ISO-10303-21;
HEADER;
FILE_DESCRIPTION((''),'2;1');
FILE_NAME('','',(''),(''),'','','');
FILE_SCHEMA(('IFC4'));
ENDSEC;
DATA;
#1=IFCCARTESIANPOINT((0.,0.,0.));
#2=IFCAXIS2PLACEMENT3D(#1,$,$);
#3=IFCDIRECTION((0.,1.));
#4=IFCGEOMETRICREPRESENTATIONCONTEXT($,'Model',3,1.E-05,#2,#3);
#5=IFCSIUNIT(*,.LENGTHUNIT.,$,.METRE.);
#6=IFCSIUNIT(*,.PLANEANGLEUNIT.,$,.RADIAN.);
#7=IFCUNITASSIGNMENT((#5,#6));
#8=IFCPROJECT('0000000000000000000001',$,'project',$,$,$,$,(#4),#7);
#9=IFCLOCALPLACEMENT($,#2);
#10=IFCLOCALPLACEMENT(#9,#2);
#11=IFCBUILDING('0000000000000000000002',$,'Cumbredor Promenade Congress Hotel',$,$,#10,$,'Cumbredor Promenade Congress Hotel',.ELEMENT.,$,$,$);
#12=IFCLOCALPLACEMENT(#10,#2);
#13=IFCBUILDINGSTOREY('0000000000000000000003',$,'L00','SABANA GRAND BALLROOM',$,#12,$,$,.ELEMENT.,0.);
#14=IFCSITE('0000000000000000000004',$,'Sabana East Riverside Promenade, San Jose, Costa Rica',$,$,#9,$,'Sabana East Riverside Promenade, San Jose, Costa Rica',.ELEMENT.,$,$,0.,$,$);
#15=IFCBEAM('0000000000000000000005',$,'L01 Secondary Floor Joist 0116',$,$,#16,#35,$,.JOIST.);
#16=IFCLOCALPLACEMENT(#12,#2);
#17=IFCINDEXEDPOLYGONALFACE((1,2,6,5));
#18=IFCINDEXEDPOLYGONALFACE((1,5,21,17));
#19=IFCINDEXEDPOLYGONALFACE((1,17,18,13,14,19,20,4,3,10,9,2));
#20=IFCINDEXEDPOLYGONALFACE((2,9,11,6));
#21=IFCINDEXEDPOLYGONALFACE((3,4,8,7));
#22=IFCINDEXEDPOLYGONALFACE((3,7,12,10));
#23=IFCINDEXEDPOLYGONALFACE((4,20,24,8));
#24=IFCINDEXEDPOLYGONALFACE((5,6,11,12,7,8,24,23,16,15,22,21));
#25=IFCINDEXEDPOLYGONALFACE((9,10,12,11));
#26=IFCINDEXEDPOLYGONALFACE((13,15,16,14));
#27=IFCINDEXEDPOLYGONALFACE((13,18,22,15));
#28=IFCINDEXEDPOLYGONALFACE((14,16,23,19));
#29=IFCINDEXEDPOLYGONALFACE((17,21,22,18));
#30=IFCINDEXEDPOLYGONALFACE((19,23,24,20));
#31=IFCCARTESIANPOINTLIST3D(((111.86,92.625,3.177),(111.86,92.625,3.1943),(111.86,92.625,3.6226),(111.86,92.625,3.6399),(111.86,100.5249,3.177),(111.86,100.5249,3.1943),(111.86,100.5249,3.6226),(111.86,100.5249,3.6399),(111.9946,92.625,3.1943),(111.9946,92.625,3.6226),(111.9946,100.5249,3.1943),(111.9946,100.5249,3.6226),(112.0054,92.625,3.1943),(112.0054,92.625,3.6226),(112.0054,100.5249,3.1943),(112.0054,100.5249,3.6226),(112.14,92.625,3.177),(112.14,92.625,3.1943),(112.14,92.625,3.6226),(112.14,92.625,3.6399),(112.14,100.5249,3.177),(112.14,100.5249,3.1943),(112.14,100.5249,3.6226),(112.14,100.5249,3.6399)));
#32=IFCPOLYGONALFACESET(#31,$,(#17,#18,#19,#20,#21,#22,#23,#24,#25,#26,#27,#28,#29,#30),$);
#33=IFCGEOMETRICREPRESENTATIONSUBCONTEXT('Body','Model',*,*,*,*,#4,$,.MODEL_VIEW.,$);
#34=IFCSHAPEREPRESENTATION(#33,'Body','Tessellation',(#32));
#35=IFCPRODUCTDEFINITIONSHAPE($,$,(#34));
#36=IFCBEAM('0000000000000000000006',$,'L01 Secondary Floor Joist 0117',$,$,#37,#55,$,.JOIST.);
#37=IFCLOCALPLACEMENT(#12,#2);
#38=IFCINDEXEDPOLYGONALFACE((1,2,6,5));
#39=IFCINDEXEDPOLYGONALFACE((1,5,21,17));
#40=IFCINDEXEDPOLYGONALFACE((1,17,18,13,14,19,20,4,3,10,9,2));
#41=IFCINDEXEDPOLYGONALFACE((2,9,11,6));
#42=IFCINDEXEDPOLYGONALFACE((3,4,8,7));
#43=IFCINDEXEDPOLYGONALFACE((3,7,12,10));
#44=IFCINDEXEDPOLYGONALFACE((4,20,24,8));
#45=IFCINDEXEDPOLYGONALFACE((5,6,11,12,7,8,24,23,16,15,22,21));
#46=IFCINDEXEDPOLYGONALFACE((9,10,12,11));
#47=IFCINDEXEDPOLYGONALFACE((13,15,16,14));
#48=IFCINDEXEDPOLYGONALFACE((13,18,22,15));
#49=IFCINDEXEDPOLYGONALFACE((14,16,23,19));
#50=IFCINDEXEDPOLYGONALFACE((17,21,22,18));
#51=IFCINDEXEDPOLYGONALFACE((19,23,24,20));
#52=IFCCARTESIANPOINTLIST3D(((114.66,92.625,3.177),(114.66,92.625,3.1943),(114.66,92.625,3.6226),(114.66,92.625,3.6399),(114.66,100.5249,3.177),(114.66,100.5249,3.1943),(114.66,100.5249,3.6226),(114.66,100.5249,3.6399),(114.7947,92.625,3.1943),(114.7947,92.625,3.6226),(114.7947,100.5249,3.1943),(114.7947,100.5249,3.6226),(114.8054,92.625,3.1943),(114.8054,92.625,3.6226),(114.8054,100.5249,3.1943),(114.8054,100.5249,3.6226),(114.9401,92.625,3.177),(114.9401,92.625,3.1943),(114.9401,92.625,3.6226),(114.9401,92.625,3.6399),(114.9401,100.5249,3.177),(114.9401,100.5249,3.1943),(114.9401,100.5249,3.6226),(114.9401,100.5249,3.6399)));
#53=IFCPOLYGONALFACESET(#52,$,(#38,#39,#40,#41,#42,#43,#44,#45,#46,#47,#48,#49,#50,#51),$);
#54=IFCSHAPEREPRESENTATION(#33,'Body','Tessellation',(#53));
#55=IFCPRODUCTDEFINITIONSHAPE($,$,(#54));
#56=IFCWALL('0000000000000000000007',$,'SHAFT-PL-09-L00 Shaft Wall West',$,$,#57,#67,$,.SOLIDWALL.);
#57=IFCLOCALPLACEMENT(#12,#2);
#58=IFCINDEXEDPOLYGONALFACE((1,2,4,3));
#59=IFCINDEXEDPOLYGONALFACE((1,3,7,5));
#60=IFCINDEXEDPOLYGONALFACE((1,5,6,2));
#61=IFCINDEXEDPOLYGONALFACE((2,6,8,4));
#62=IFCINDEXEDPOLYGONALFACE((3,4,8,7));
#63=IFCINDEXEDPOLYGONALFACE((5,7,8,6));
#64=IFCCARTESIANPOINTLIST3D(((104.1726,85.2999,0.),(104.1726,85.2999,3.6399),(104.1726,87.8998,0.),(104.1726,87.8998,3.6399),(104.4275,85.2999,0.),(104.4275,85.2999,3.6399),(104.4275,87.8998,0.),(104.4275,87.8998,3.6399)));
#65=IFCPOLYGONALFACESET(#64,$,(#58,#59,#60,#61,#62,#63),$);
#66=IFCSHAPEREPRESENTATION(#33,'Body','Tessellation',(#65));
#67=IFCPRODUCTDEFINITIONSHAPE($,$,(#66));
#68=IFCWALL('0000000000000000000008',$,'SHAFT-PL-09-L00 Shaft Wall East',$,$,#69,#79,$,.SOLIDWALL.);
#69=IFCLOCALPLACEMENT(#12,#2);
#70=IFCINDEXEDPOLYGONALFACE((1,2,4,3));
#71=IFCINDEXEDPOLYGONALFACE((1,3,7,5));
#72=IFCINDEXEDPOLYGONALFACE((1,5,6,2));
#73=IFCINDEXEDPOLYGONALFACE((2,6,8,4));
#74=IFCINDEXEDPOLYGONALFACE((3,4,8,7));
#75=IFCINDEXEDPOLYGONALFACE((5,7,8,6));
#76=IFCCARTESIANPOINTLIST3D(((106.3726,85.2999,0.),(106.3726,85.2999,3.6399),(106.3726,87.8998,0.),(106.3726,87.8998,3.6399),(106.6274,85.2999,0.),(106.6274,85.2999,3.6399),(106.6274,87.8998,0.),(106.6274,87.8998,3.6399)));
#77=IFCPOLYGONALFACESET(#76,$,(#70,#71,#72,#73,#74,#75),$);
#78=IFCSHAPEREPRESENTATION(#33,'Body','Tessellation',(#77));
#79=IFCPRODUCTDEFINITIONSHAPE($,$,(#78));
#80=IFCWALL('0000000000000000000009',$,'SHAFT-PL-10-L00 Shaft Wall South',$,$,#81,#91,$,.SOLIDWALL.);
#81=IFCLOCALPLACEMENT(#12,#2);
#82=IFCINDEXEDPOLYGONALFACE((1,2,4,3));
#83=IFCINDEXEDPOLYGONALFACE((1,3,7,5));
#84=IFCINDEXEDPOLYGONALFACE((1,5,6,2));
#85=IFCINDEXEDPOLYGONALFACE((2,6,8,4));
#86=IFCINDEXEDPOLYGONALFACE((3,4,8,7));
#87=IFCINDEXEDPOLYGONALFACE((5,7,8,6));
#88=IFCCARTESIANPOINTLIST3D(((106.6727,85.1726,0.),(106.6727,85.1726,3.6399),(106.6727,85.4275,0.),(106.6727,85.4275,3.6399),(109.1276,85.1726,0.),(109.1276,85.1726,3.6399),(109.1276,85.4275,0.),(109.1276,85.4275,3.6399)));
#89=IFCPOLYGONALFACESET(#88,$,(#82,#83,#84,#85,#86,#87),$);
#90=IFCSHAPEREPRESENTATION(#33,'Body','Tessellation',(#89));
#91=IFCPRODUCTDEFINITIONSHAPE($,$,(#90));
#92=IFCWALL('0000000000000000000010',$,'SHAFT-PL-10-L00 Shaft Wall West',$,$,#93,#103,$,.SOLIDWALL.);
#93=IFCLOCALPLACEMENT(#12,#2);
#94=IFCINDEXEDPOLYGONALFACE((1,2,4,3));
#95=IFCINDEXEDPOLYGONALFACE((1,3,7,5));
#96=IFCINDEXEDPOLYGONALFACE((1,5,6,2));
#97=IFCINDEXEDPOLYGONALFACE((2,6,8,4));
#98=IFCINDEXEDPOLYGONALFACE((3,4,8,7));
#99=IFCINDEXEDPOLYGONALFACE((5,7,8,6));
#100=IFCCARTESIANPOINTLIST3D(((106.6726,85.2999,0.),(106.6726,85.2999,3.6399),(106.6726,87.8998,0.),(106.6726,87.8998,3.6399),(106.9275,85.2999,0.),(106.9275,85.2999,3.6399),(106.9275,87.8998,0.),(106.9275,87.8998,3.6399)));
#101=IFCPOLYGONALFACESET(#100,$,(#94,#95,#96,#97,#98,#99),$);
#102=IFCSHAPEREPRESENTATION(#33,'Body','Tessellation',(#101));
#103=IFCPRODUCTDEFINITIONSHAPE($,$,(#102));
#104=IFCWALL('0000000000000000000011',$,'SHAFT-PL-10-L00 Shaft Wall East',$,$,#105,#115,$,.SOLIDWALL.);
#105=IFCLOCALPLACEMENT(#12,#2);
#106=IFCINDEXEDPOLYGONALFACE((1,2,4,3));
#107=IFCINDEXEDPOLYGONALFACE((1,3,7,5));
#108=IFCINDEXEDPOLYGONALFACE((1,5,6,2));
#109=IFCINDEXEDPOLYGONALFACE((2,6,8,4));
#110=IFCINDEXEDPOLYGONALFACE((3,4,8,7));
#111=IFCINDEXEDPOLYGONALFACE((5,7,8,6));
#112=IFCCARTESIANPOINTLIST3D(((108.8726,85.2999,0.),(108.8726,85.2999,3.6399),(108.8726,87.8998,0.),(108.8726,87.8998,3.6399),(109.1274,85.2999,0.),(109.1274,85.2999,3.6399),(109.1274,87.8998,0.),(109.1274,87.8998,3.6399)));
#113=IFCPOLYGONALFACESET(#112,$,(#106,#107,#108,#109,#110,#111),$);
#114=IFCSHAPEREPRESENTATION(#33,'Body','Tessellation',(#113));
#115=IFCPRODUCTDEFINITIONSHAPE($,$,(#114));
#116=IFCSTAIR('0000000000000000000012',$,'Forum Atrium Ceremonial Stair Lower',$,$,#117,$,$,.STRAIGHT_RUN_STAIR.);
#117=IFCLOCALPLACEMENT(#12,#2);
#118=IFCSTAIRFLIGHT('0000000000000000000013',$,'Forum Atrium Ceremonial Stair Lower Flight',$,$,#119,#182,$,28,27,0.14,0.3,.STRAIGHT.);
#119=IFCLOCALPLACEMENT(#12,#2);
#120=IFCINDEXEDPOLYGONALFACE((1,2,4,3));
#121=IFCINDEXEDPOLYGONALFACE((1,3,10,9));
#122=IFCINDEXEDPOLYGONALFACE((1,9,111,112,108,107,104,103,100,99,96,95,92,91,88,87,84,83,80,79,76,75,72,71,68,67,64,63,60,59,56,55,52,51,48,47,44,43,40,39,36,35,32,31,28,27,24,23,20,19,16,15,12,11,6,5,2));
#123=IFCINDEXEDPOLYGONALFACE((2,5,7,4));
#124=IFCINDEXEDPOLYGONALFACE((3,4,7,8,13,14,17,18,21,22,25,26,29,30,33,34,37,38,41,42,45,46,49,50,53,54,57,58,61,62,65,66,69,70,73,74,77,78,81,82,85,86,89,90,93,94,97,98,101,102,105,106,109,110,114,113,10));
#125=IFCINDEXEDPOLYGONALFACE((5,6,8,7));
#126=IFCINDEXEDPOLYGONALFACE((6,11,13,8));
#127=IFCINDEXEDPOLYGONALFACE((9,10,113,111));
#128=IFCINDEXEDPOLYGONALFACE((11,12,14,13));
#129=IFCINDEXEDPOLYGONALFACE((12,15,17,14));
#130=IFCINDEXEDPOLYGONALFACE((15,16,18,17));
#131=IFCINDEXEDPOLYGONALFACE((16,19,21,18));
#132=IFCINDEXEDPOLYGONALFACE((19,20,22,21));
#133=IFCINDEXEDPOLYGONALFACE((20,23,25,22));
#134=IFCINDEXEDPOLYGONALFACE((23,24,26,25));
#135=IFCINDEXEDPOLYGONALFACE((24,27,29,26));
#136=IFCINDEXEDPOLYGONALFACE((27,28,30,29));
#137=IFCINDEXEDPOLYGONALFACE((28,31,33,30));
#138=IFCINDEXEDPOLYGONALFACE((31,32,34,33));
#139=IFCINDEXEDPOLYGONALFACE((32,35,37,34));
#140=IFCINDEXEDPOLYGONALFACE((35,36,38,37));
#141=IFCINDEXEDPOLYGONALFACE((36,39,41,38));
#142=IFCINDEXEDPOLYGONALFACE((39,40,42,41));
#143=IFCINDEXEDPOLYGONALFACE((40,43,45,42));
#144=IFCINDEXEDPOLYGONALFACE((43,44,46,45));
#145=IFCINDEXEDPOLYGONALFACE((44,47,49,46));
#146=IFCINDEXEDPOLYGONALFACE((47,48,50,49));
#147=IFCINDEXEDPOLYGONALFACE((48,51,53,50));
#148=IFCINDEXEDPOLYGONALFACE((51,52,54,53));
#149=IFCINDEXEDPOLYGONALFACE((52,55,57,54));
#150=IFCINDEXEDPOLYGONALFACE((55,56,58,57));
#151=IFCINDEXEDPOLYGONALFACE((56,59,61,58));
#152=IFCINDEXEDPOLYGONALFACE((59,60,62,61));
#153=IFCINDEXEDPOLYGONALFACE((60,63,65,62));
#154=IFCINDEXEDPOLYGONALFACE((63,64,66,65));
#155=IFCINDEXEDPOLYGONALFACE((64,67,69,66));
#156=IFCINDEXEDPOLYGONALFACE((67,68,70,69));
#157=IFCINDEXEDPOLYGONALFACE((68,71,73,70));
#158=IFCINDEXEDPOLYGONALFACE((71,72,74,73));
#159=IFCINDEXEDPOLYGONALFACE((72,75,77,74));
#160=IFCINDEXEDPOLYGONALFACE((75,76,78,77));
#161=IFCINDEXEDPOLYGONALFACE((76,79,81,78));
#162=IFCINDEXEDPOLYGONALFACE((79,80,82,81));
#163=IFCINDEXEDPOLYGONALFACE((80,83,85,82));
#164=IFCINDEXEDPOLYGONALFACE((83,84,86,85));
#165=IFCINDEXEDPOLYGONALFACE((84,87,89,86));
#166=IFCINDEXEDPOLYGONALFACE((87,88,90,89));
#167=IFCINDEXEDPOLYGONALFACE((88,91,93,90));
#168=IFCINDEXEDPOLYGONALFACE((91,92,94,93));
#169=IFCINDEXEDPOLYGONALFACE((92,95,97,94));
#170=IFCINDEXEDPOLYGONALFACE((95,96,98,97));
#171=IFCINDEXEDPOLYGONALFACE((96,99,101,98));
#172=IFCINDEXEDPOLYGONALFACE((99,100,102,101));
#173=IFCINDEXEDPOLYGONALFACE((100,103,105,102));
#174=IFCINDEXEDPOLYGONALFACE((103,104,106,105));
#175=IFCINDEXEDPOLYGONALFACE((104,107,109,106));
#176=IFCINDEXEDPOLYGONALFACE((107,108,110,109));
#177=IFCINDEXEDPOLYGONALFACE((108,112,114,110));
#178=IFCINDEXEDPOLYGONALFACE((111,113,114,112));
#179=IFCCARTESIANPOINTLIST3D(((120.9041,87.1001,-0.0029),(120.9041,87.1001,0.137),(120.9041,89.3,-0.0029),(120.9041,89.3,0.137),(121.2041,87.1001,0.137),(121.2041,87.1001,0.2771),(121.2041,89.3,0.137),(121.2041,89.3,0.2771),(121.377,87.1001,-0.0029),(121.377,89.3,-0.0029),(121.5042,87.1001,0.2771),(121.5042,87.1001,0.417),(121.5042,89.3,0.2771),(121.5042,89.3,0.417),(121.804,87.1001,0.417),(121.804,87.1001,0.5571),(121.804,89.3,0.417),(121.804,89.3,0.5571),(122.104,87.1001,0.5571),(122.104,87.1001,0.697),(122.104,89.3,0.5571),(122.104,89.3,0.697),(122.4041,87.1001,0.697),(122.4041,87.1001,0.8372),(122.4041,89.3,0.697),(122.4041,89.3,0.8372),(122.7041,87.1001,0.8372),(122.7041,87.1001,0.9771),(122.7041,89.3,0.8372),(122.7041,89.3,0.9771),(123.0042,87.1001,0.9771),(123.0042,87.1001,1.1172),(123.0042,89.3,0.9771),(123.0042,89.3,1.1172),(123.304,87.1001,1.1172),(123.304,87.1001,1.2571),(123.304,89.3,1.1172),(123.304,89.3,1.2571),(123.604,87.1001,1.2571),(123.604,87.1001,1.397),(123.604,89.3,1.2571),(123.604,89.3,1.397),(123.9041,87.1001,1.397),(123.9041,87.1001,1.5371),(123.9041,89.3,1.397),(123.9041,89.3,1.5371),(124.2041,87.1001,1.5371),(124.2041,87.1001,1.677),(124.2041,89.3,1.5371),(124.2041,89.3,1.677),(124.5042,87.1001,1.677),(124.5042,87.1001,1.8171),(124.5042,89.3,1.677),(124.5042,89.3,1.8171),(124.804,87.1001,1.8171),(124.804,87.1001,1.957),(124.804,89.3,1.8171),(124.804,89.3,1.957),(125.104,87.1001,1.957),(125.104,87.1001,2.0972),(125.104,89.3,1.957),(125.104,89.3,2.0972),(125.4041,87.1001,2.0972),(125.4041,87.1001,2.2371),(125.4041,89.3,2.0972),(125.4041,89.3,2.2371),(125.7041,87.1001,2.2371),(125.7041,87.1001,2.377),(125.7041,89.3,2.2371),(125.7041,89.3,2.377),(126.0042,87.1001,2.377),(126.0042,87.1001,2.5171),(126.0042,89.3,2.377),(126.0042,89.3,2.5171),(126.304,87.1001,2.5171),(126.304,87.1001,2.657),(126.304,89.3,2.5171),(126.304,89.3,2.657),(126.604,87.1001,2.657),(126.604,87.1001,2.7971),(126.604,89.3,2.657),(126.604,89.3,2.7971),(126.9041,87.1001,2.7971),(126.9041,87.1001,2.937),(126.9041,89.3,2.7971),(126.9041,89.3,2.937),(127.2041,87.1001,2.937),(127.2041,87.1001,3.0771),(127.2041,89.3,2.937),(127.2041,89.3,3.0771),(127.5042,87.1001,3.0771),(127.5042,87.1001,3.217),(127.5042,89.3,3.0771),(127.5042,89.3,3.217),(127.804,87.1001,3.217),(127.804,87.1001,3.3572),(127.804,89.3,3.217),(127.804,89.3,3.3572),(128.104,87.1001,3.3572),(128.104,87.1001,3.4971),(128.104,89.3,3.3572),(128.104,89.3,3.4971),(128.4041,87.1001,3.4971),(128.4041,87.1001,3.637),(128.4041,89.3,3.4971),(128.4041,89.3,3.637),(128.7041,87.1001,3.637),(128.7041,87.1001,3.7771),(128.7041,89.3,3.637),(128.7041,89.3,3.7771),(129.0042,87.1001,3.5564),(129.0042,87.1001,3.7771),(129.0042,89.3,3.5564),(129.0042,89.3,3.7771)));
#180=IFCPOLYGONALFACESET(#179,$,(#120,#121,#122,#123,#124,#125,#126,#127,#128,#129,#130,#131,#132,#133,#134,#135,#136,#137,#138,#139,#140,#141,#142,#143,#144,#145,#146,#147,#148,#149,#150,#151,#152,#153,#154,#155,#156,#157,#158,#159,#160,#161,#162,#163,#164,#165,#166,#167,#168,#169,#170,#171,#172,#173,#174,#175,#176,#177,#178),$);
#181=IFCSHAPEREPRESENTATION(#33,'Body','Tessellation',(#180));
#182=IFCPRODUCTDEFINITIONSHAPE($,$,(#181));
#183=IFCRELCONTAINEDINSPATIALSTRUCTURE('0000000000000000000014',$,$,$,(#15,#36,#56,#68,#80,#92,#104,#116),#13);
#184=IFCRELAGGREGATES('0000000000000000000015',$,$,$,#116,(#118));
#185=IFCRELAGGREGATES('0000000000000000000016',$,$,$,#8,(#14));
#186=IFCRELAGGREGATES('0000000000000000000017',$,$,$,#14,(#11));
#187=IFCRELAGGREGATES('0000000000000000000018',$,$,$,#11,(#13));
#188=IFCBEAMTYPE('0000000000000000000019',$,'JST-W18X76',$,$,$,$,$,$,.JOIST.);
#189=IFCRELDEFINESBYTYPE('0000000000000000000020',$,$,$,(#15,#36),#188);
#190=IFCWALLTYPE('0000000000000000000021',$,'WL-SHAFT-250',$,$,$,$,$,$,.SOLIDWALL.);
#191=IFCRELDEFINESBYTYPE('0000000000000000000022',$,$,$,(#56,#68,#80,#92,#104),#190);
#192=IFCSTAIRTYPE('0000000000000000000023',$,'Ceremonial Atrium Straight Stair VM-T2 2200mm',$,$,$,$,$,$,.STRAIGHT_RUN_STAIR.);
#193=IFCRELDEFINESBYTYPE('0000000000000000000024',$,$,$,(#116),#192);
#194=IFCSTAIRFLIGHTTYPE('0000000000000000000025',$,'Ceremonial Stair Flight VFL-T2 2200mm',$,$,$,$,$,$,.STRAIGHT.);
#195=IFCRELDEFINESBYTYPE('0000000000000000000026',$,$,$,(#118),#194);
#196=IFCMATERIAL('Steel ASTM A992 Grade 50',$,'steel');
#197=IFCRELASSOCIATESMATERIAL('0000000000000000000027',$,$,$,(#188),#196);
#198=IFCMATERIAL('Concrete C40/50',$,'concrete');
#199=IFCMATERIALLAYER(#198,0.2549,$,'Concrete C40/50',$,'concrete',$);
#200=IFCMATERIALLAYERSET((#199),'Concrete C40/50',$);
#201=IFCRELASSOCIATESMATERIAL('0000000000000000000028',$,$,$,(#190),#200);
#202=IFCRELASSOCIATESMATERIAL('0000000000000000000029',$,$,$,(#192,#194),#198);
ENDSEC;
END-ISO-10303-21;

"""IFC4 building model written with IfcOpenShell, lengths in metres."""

from ifc_helpers import new_model, si_unit, direction, frame, frame_2d, origin, origin_2d, place, context, subcontext, project, spatial, polyline, rectangle, i_section, outline, extrude, material, layer, layer_set, material_profile, profile_set, type_object, element, aggregate, save


model = new_model("IFC4")

# Units and contexts
model_context = context("Model", 3, precision=1e-05, world=origin(), true_north=direction((0.0, 1.0)))
body_context = subcontext(model_context, "Body", "Model", "MODEL_VIEW")
ifc_project = project(units=[si_unit("LENGTHUNIT", "METRE"), si_unit("PLANEANGLEUNIT", "RADIAN")], contexts=[model_context])

# Site, building, storey
site_placement = place(None, origin())
site = spatial("IfcSite", under=ifc_project, at=site_placement, Name="Sabana East Riverside Promenade, San Jose, Costa Rica", LongName="Sabana East Riverside Promenade, San Jose, Costa Rica", CompositionType="ELEMENT", RefElevation=0.0)
building_placement = place(site_placement, origin())
building = spatial("IfcBuilding", under=site, at=building_placement, Name="Cumbredor Promenade Congress Hotel", LongName="Cumbredor Promenade Congress Hotel", CompositionType="ELEMENT")
storey_placement = place(building_placement, origin())
storey = spatial("IfcBuildingStorey", under=building, at=storey_placement, Name="L00", Description="SABANA GRAND BALLROOM", CompositionType="ELEMENT", Elevation=0.0)

# Beams
ifc_material_1 = material(Name="Concrete C40/50", Category="concrete")
ifc_material_2 = material(Name="Steel ASTM A992 Grade 50", Category="steel")
ifc_material_profile_1 = material_profile(ifc_material_2, i_section(OverallWidth=0.28, OverallDepth=0.4629, WebThickness=0.0107, FlangeThickness=0.0173, at=origin_2d()), Name="W18X76")
ifc_profile_set_1 = profile_set([ifc_material_profile_1], Name="Steel ASTM A992 Grade 50")
beam_type_1 = type_object("IfcBeamType", Name="JST-W18X76", PredefinedType="JOIST", material=ifc_profile_set_1)
for number, where, z_axis, x_axis, name in (
    (1, (112.0, 92.625, 3.4084), (0.0, 1.0, 0.0), (-1.0, 0.0, 0.0), "L01 Secondary Floor Joist 0116"),
    (2, (114.8, 92.625, 3.4084), (0.0, 1.0, 0.0), (-1.0, 0.0, 0.0), "L01 Secondary Floor Joist 0117"),
):
    element("IfcBeam", number, at=place(storey_placement, frame(where, z_axis=z_axis, x_axis=x_axis)), inside=storey, type_object=beam_type_1, Name=name, PredefinedType="JOIST", context=body_context, shape_type="SweptSolid", body=[
        extrude(i_section(OverallWidth=0.28, OverallDepth=0.4629, WebThickness=0.0107, FlangeThickness=0.0173, at=origin_2d()), origin(), (0.0, 0.0, 1.0), 7.8999),
    ])

# Walls
ifc_layer = layer(ifc_material_1, 0.2549, Name="Concrete C40/50", Category="concrete")
ifc_layer_set = layer_set([ifc_layer], Name="Concrete C40/50")
wall_type = type_object("IfcWallType", Name="WL-SHAFT-250", PredefinedType="SOLIDWALL", material=ifc_layer_set)
for number, where, z_axis, x_axis, name in (
    (3, (104.3, 85.3, 0.0), (0.0, 0.0, 1.0), (0.0, 1.0, 0.0), "SHAFT-PL-09-L00 Shaft Wall West"),
    (4, (106.5, 85.3, 0.0), (0.0, 0.0, 1.0), (0.0, 1.0, 0.0), "SHAFT-PL-09-L00 Shaft Wall East"),
):
    element("IfcWall", number, at=place(storey_placement, frame(where, z_axis=z_axis, x_axis=x_axis)), inside=storey, type_object=wall_type, Name=name, PredefinedType="SOLIDWALL", context=body_context, shape_type="SweptSolid", body=[
        extrude(rectangle(XDim=2.5999, YDim=0.2549, at=frame_2d((1.2998, 0.0))), origin(), (0.0, 0.0, 1.0), 3.6399),
    ])
wall_1_placement = place(storey_placement, frame((106.6726, 85.3, 0.0), z_axis=(0.0, 0.0, 1.0), x_axis=(1.0, 0.0, 0.0)))
element("IfcWall", 5, at=wall_1_placement, inside=storey, type_object=wall_type, Name="SHAFT-PL-10-L00 Shaft Wall South", PredefinedType="SOLIDWALL", context=body_context, shape_type="SweptSolid", body=[
    extrude(rectangle(XDim=2.4548, YDim=0.2549, at=frame_2d((1.2275, 0.0))), origin(), (0.0, 0.0, 1.0), 3.6399),
])

# Walls
for number, where, z_axis, x_axis, name in (
    (6, (106.8, 85.3, 0.0), (0.0, 0.0, 1.0), (0.0, 1.0, 0.0), "SHAFT-PL-10-L00 Shaft Wall West"),
    (7, (109.0, 85.3, 0.0), (0.0, 0.0, 1.0), (0.0, 1.0, 0.0), "SHAFT-PL-10-L00 Shaft Wall East"),
):
    element("IfcWall", number, at=place(storey_placement, frame(where, z_axis=z_axis, x_axis=x_axis)), inside=storey, type_object=wall_type, Name=name, PredefinedType="SOLIDWALL", context=body_context, shape_type="SweptSolid", body=[
        extrude(rectangle(XDim=2.5999, YDim=0.2549, at=frame_2d((1.2998, 0.0))), origin(), (0.0, 0.0, 1.0), 3.6399),
    ])

# Stair, stair flight
stair_type = type_object("IfcStairType", Name="Ceremonial Atrium Straight Stair VM-T2 2200mm", PredefinedType="STRAIGHT_RUN_STAIR", material=ifc_material_1)
stair_placement = place(storey_placement, origin())
stair = element("IfcStair", 8, at=stair_placement, inside=storey, type_object=stair_type, Name="Forum Atrium Ceremonial Stair Lower", PredefinedType="STRAIGHT_RUN_STAIR")
stair_flight_type = type_object("IfcStairFlightType", Name="Ceremonial Stair Flight VFL-T2 2200mm", PredefinedType="STRAIGHT", material=ifc_material_1)
stair_flight_placement = place(storey_placement, frame((120.9041, 88.2, -0.0029), z_axis=(0.0, 0.0, 1.0), x_axis=(1.0, 0.0, 0.0)))
stair_flight = element("IfcStairFlight", 9, at=stair_flight_placement, type_object=stair_flight_type, Name="Forum Atrium Ceremonial Stair Lower Flight", NumberOfRisers=28, NumberOfTreads=27, PredefinedType="STRAIGHT", RiserHeight=0.14, TreadLength=0.3, context=body_context, shape_type="SweptSolid", body=[
    extrude(outline(polyline([(0.0, 0.0), (0.0, 0.1399), (0.3, 0.1399), (0.3, 0.28), (0.6001, 0.28), (0.6001, 0.4199), (0.8999, 0.4199), (0.8999, 0.5601), (1.2, 0.5601), (1.2, 0.7), (1.5, 0.7), (1.5, 0.8401), (1.8, 0.8401), (1.8, 0.98), (2.1001, 0.98), (2.1001, 1.1201), (2.3999, 1.1201), (2.3999, 1.26), (2.7, 1.26), (2.7, 1.3999), (3.0, 1.3999), (3.0, 1.54), (3.3, 1.54), (3.3, 1.6799), (3.6001, 1.6799), (3.6001, 1.8201), (3.8999, 1.8201), (3.8999, 1.96), (4.2, 1.96), (4.2, 2.1001), (4.5, 2.1001), (4.5, 2.24), (4.8, 2.24), (4.8, 2.3799), (5.1001, 2.3799), (5.1001, 2.52), (5.3999, 2.52), (5.3999, 2.6599), (5.7, 2.6599), (5.7, 2.8), (6.0, 2.8), (6.0, 2.9399), (6.3, 2.9399), (6.3, 3.0801), (6.6001, 3.0801), (6.6001, 3.22), (6.8999, 3.22), (6.8999, 3.3601), (7.2, 3.3601), (7.2, 3.5), (7.5, 3.5), (7.5, 3.6399), (7.8, 3.6399), (7.8, 3.78), (8.1001, 3.78), (8.1001, 3.9199), (8.1001, 3.5593), (0.4729, 0.0), (0.0, 0.0)])), frame((0.0, 1.1001, 0.0), z_axis=(0.0, -1.0, 0.0), x_axis=(1.0, 0.0, 0.0)), (0.0, 0.0, 1.0), 2.2),
])
aggregate(stair, [stair_flight])

save(model, "model.ifc")
